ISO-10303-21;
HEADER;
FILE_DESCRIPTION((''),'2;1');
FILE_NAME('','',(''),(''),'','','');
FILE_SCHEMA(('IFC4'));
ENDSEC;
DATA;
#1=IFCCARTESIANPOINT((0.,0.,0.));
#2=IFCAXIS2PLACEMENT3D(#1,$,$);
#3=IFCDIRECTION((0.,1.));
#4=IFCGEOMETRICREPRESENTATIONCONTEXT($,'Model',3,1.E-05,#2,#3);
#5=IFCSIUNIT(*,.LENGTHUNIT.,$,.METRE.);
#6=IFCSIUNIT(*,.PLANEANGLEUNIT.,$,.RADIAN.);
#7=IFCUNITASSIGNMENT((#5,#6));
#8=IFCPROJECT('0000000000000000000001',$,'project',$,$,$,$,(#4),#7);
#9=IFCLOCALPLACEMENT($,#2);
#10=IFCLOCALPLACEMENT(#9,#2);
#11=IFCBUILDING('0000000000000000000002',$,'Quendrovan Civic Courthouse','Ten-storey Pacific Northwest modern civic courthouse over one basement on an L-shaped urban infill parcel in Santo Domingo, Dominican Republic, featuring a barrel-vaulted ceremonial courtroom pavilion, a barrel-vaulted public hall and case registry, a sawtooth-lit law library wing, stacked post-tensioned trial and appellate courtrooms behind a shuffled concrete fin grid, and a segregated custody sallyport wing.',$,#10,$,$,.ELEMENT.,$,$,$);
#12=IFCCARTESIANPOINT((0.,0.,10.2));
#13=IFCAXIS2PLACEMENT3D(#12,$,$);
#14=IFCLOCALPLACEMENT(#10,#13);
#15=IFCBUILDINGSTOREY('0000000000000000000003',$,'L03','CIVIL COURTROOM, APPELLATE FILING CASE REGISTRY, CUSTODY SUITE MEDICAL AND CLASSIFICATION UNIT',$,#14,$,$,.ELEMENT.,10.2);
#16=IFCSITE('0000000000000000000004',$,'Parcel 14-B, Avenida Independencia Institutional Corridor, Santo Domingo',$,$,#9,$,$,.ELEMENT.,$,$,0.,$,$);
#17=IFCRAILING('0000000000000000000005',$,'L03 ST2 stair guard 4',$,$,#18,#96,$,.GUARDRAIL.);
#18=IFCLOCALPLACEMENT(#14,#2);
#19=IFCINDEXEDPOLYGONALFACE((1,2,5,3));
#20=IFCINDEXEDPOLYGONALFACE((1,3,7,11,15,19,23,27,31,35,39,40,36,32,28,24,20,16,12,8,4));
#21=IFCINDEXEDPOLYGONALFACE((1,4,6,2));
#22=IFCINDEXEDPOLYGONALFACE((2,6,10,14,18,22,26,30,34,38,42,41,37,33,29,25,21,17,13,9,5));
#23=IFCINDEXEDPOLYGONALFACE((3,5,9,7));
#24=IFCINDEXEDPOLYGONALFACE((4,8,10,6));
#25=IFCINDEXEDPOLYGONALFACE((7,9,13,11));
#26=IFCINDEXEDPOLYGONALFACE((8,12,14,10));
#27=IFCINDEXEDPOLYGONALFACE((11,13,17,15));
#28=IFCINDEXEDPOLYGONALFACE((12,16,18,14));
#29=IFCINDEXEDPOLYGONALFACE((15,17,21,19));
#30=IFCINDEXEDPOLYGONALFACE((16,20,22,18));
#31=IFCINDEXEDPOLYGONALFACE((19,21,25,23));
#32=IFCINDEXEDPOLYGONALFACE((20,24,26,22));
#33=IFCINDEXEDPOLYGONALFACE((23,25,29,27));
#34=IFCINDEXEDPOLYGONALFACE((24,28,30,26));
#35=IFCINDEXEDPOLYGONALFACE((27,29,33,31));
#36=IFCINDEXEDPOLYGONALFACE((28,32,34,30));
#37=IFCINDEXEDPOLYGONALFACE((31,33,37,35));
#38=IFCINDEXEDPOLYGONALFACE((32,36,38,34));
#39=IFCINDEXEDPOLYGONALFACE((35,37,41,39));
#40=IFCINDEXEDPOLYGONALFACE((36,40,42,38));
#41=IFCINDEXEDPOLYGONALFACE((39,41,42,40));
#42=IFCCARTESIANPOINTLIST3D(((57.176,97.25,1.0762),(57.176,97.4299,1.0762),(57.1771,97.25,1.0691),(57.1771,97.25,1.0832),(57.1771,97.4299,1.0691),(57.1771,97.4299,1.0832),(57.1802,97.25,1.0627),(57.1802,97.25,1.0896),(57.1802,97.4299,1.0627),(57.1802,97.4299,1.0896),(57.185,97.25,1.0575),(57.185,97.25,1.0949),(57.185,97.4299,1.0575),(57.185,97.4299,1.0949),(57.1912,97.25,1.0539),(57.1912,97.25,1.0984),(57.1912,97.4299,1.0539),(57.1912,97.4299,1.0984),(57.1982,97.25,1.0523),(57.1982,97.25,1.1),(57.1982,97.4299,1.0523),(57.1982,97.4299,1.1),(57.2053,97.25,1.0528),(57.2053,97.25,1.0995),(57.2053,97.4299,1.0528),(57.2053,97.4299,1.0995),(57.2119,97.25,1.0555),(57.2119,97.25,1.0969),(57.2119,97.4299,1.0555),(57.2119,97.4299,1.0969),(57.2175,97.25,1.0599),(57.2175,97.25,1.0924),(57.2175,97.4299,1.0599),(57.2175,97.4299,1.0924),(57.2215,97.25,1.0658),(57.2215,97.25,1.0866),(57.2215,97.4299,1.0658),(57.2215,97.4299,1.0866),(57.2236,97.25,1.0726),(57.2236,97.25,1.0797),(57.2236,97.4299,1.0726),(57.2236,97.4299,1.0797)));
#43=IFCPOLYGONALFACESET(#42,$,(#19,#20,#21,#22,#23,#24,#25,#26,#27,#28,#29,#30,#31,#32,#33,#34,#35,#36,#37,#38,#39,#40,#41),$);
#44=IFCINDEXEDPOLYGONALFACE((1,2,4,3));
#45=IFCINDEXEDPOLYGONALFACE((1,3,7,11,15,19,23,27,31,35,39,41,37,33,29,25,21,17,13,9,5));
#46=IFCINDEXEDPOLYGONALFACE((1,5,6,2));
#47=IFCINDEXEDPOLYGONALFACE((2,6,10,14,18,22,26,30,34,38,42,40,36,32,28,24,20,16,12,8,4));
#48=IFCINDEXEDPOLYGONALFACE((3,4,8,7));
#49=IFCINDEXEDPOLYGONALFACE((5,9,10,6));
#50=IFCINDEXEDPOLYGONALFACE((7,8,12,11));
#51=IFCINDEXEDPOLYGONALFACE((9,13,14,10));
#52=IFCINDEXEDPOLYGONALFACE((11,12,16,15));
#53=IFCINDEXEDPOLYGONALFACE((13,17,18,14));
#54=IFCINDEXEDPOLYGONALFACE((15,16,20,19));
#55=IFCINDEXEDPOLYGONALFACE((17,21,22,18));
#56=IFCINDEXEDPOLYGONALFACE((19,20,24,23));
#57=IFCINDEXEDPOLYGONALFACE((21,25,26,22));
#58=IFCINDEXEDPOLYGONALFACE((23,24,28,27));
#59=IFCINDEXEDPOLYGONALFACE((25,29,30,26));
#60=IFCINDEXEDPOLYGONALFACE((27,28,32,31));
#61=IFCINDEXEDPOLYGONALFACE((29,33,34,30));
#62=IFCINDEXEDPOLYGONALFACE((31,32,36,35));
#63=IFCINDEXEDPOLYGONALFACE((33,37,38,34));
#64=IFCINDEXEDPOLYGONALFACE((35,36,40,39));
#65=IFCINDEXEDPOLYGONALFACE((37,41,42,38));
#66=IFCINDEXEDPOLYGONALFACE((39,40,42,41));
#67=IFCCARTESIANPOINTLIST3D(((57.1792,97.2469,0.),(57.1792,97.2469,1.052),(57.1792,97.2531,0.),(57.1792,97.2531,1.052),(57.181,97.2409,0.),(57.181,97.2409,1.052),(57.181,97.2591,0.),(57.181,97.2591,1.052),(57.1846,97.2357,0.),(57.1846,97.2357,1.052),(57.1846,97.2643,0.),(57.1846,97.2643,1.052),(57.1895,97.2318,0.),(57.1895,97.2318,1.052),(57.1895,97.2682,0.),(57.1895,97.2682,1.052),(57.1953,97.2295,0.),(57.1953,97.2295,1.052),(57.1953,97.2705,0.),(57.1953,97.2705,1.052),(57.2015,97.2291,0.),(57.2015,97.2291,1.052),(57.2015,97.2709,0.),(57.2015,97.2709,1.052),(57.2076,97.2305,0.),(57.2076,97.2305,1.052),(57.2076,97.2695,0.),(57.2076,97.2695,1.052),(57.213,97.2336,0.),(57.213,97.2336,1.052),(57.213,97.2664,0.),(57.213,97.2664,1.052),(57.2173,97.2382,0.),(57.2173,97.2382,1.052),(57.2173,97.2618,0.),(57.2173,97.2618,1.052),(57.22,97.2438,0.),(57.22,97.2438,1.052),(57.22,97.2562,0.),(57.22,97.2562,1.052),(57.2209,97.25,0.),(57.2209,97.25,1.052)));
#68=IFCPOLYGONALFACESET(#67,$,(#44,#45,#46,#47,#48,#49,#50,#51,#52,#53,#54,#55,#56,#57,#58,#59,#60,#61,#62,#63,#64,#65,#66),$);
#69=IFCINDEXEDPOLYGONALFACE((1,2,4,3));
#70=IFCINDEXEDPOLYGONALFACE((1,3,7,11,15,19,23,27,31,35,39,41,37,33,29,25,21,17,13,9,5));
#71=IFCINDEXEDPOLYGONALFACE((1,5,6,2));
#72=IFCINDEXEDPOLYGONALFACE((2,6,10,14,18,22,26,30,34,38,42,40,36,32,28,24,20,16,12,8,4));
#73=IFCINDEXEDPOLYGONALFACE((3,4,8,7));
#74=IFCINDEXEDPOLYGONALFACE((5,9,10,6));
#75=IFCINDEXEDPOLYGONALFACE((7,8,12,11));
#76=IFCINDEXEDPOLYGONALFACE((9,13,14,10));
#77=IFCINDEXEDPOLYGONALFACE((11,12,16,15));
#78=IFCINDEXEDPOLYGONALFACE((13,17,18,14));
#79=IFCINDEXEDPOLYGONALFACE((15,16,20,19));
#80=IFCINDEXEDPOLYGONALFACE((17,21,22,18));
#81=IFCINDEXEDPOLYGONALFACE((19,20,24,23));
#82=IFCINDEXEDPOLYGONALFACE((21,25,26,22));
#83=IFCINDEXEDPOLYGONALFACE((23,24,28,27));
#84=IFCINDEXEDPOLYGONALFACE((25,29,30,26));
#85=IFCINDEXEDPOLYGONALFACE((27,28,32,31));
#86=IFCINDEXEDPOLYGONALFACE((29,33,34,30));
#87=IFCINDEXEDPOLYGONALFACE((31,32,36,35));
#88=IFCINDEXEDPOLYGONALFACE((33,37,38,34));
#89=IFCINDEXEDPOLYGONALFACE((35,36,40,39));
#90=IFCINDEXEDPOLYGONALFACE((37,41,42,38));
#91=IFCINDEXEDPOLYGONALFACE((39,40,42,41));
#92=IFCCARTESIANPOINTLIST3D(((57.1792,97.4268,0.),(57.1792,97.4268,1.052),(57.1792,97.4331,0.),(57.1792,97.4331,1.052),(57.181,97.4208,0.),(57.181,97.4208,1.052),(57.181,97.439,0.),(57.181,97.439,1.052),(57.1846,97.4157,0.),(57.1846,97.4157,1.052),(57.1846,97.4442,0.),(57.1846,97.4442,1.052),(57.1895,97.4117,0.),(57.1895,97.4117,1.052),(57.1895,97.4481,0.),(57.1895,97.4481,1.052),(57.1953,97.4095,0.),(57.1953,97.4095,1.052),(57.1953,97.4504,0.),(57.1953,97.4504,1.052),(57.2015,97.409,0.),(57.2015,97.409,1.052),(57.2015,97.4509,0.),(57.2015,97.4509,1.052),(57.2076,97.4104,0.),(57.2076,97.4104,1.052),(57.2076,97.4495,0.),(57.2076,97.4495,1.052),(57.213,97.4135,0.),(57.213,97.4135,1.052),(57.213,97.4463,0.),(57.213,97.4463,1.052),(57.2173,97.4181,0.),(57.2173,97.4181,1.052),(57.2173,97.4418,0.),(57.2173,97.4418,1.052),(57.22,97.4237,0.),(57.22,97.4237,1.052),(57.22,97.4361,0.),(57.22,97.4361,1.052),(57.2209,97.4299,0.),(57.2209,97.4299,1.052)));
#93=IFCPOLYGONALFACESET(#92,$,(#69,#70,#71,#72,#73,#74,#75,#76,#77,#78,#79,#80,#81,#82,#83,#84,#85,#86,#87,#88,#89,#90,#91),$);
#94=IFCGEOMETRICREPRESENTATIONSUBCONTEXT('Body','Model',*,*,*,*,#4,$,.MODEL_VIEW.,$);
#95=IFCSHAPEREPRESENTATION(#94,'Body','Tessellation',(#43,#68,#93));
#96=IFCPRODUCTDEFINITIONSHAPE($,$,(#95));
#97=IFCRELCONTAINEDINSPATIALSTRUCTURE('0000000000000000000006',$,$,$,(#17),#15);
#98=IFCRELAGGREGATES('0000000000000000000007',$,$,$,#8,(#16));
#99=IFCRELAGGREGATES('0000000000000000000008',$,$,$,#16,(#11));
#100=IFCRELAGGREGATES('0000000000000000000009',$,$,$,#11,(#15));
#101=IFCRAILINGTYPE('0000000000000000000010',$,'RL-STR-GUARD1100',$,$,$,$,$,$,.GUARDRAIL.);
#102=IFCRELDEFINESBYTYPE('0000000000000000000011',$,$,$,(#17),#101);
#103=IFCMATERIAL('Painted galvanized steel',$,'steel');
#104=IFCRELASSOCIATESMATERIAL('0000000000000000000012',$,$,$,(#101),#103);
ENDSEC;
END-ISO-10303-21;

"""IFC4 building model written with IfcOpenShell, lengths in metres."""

from ifc_helpers import new_model, si_unit, direction, frame, origin, origin_2d, place, context, subcontext, project, spatial, circle, extrude, material, type_object, element, save


model = new_model("IFC4")

# Units and contexts
model_context = context("Model", 3, precision=1e-05, world=origin(), true_north=direction((0.0, 1.0)))
body_context = subcontext(model_context, "Body", "Model", "MODEL_VIEW")
ifc_project = project(units=[si_unit("LENGTHUNIT", "METRE"), si_unit("PLANEANGLEUNIT", "RADIAN")], contexts=[model_context])

# Site, building, storey
site_placement = place(None, origin())
site = spatial("IfcSite", under=ifc_project, at=site_placement, Name="Parcel 14-B, Avenida Independencia Institutional Corridor, Santo Domingo", CompositionType="ELEMENT", RefElevation=0.0)
building_placement = place(site_placement, origin())
building = spatial("IfcBuilding", under=site, at=building_placement, Name="Quendrovan Civic Courthouse", Description="Ten-storey Pacific Northwest modern civic courthouse over one basement on an L-shaped urban infill parcel in Santo Domingo, Dominican Republic, featuring a barrel-vaulted ceremonial courtroom pavilion, a barrel-vaulted public hall and case registry, a sawtooth-lit law library wing, stacked post-tensioned trial and appellate courtrooms behind a shuffled concrete fin grid, and a segregated custody sallyport wing.", CompositionType="ELEMENT")
storey_placement = place(building_placement, frame((0.0, 0.0, 10.2)))
storey = spatial("IfcBuildingStorey", under=building, at=storey_placement, Name="L03", Description="CIVIL COURTROOM, APPELLATE FILING CASE REGISTRY, CUSTODY SUITE MEDICAL AND CLASSIFICATION UNIT", CompositionType="ELEMENT", Elevation=10.2)

# Railing
ifc_material_1 = material(Name="Painted galvanized steel", Category="steel")
railing_type_1 = type_object("IfcRailingType", Name="RL-STR-GUARD1100", PredefinedType="GUARDRAIL", material=ifc_material_1)
railing_1_placement = place(storey_placement, frame((57.2, 97.25, 0.0)))
element("IfcRailing", 1, at=railing_1_placement, inside=storey, type_object=railing_type_1, Name="L03 ST2 stair guard 4", PredefinedType="GUARDRAIL", context=body_context, shape_type="SweptSolid", body=[
    extrude(circle(Radius=0.0239, at=origin_2d()), frame((0.0, 0.0, 1.0762), z_axis=(0.0, 1.0, 0.0), x_axis=(-1.0, 0.0, 0.0)), (0.0, 0.0, 1.0), 0.1799),
    extrude(circle(Radius=0.021, at=origin_2d()), origin(), (0.0, 0.0, 1.0), 1.052),
    extrude(circle(Radius=0.021, at=origin_2d()), frame((0.0, 0.1799, 0.0)), (0.0, 0.0, 1.0), 1.052),
])

save(model, "model.ifc")
